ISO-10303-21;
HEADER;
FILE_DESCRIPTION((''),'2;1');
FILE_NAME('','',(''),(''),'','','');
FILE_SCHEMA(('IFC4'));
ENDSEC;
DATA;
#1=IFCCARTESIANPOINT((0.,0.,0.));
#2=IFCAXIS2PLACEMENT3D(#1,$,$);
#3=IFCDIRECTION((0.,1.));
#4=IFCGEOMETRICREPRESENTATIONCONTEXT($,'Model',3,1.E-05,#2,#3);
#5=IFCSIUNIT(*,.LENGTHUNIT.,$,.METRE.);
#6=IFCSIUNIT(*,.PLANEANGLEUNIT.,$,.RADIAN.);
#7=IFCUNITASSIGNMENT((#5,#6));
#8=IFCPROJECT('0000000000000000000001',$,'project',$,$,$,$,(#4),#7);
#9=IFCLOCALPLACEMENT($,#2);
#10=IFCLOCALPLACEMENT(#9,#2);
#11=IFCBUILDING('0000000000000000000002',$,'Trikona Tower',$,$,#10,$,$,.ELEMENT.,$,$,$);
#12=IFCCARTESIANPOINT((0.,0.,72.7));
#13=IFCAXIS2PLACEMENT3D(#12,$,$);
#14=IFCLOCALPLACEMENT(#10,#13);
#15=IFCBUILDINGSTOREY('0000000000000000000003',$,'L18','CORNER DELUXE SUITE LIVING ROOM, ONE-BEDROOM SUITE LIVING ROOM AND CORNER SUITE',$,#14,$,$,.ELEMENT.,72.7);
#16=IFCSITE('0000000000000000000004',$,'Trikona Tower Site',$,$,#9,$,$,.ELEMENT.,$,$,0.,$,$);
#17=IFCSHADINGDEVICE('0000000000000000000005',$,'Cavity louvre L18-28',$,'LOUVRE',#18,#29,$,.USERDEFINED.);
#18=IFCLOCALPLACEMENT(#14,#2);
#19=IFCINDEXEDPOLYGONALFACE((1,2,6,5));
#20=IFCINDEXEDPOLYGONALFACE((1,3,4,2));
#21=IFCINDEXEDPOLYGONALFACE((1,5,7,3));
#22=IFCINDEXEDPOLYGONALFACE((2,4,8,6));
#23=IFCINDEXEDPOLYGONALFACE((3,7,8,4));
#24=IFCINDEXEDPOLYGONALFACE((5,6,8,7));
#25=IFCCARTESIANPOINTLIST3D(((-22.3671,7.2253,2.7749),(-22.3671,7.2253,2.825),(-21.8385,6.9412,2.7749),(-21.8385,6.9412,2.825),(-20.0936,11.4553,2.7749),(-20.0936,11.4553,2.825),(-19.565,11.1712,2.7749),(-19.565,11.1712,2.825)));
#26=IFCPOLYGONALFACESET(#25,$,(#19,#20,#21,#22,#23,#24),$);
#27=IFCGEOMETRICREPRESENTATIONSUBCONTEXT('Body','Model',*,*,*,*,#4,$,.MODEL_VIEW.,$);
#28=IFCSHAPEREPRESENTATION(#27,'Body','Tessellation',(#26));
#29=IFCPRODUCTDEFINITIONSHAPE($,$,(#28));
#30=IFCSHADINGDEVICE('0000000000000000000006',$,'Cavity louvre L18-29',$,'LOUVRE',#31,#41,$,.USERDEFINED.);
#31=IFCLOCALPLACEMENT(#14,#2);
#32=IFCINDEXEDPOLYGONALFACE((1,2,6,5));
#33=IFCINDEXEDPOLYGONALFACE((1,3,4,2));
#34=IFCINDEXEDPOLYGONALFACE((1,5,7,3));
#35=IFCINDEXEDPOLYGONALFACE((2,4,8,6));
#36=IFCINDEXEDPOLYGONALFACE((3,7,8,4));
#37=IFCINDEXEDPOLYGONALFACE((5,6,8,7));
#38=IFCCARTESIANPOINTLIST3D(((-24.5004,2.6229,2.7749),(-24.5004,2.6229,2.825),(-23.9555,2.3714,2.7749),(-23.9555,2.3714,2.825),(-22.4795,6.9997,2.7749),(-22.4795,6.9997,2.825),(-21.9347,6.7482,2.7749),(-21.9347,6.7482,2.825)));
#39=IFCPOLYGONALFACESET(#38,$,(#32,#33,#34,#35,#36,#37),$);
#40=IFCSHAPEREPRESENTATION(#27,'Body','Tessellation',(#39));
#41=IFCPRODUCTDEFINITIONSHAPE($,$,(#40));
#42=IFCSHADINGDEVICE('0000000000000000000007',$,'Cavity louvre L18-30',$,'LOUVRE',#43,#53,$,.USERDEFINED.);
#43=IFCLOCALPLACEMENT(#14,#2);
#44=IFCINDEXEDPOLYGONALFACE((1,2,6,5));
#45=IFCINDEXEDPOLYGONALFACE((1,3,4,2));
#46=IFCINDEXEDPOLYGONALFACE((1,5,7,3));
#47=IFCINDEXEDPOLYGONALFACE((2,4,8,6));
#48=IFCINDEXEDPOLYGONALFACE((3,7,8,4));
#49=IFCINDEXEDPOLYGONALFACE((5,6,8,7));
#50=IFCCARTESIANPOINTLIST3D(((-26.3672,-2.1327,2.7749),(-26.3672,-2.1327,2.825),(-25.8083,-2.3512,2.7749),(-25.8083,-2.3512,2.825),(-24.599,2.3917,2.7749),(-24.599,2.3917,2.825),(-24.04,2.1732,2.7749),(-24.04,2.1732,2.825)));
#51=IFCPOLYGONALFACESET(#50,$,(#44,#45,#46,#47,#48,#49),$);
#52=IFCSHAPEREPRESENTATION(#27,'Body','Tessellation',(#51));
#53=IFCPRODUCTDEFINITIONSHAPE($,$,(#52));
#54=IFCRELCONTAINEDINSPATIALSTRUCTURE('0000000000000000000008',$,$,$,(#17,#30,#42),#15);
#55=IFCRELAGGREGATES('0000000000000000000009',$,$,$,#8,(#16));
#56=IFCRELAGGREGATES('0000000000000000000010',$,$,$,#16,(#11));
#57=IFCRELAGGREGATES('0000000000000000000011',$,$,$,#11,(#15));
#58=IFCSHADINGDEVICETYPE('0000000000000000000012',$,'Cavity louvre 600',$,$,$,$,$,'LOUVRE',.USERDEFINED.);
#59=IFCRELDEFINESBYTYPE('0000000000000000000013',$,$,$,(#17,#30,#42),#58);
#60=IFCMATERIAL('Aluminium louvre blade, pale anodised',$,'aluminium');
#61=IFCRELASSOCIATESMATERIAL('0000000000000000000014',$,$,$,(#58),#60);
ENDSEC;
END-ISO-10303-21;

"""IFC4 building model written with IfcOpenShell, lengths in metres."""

from ifc_helpers import new_model, si_unit, direction, frame, origin, origin_2d, place, context, subcontext, project, spatial, rectangle, extrude, material, type_object, element, save


model = new_model("IFC4")

# Units and contexts
model_context = context("Model", 3, precision=1e-05, world=origin(), true_north=direction((0.0, 1.0)))
body_context = subcontext(model_context, "Body", "Model", "MODEL_VIEW")
ifc_project = project(units=[si_unit("LENGTHUNIT", "METRE"), si_unit("PLANEANGLEUNIT", "RADIAN")], contexts=[model_context])

# Site, building, storey
site_placement = place(None, origin())
site = spatial("IfcSite", under=ifc_project, at=site_placement, Name="Trikona Tower Site", CompositionType="ELEMENT", RefElevation=0.0)
building_placement = place(site_placement, origin())
building = spatial("IfcBuilding", under=site, at=building_placement, Name="Trikona Tower", CompositionType="ELEMENT")
storey_placement = place(building_placement, frame((0.0, 0.0, 72.7)))
storey = spatial("IfcBuildingStorey", under=building, at=storey_placement, Name="L18", Description="CORNER DELUXE SUITE LIVING ROOM, ONE-BEDROOM SUITE LIVING ROOM AND CORNER SUITE", CompositionType="ELEMENT", Elevation=72.7)

# Shading devices
ifc_material_1 = material(Name="Aluminium louvre blade, pale anodised", Category="aluminium")
shading_device_type = type_object("IfcShadingDeviceType", Name="Cavity louvre 600", ElementType="LOUVRE", PredefinedType="USERDEFINED", material=ifc_material_1)
shading_device_1_placement = place(storey_placement, frame((-20.9661, 9.1982, 2.7749), z_axis=(0.0, 0.0, 1.0), x_axis=(-0.473423, -0.880835, 0.0)))
element("IfcShadingDevice", 1, at=shading_device_1_placement, inside=storey, type_object=shading_device_type, Name="Cavity louvre L18-28", ObjectType="LOUVRE", PredefinedType="USERDEFINED", context=body_context, shape_type="SweptSolid", body=[
    extrude(rectangle(XDim=4.8022, YDim=0.6001, at=origin_2d()), origin(), (0.0, 0.0, 1.0), 0.05),
])
shading_device_2_placement = place(storey_placement, frame((-23.2175, 4.6855, 2.7749), z_axis=(0.0, 0.0, 1.0), x_axis=(-0.419194, -0.907897, 0.0)))
element("IfcShadingDevice", 2, at=shading_device_2_placement, inside=storey, type_object=shading_device_type, Name="Cavity louvre L18-29", ObjectType="LOUVRE", PredefinedType="USERDEFINED", context=body_context, shape_type="SweptSolid", body=[
    extrude(rectangle(XDim=4.8208, YDim=0.6001, at=origin_2d()), origin(), (0.0, 0.0, 1.0), 0.05),
])
shading_device_3_placement = place(storey_placement, frame((-25.2036, 0.0203, 2.7749), z_axis=(0.0, 0.0, 1.0), x_axis=(-0.364009, -0.931395, 0.0)))
element("IfcShadingDevice", 3, at=shading_device_3_placement, inside=storey, type_object=shading_device_type, Name="Cavity louvre L18-30", ObjectType="LOUVRE", PredefinedType="USERDEFINED", context=body_context, shape_type="SweptSolid", body=[
    extrude(rectangle(XDim=4.8577, YDim=0.6001, at=origin_2d()), origin(), (0.0, 0.0, 1.0), 0.05),
])

save(model, "model.ifc")
